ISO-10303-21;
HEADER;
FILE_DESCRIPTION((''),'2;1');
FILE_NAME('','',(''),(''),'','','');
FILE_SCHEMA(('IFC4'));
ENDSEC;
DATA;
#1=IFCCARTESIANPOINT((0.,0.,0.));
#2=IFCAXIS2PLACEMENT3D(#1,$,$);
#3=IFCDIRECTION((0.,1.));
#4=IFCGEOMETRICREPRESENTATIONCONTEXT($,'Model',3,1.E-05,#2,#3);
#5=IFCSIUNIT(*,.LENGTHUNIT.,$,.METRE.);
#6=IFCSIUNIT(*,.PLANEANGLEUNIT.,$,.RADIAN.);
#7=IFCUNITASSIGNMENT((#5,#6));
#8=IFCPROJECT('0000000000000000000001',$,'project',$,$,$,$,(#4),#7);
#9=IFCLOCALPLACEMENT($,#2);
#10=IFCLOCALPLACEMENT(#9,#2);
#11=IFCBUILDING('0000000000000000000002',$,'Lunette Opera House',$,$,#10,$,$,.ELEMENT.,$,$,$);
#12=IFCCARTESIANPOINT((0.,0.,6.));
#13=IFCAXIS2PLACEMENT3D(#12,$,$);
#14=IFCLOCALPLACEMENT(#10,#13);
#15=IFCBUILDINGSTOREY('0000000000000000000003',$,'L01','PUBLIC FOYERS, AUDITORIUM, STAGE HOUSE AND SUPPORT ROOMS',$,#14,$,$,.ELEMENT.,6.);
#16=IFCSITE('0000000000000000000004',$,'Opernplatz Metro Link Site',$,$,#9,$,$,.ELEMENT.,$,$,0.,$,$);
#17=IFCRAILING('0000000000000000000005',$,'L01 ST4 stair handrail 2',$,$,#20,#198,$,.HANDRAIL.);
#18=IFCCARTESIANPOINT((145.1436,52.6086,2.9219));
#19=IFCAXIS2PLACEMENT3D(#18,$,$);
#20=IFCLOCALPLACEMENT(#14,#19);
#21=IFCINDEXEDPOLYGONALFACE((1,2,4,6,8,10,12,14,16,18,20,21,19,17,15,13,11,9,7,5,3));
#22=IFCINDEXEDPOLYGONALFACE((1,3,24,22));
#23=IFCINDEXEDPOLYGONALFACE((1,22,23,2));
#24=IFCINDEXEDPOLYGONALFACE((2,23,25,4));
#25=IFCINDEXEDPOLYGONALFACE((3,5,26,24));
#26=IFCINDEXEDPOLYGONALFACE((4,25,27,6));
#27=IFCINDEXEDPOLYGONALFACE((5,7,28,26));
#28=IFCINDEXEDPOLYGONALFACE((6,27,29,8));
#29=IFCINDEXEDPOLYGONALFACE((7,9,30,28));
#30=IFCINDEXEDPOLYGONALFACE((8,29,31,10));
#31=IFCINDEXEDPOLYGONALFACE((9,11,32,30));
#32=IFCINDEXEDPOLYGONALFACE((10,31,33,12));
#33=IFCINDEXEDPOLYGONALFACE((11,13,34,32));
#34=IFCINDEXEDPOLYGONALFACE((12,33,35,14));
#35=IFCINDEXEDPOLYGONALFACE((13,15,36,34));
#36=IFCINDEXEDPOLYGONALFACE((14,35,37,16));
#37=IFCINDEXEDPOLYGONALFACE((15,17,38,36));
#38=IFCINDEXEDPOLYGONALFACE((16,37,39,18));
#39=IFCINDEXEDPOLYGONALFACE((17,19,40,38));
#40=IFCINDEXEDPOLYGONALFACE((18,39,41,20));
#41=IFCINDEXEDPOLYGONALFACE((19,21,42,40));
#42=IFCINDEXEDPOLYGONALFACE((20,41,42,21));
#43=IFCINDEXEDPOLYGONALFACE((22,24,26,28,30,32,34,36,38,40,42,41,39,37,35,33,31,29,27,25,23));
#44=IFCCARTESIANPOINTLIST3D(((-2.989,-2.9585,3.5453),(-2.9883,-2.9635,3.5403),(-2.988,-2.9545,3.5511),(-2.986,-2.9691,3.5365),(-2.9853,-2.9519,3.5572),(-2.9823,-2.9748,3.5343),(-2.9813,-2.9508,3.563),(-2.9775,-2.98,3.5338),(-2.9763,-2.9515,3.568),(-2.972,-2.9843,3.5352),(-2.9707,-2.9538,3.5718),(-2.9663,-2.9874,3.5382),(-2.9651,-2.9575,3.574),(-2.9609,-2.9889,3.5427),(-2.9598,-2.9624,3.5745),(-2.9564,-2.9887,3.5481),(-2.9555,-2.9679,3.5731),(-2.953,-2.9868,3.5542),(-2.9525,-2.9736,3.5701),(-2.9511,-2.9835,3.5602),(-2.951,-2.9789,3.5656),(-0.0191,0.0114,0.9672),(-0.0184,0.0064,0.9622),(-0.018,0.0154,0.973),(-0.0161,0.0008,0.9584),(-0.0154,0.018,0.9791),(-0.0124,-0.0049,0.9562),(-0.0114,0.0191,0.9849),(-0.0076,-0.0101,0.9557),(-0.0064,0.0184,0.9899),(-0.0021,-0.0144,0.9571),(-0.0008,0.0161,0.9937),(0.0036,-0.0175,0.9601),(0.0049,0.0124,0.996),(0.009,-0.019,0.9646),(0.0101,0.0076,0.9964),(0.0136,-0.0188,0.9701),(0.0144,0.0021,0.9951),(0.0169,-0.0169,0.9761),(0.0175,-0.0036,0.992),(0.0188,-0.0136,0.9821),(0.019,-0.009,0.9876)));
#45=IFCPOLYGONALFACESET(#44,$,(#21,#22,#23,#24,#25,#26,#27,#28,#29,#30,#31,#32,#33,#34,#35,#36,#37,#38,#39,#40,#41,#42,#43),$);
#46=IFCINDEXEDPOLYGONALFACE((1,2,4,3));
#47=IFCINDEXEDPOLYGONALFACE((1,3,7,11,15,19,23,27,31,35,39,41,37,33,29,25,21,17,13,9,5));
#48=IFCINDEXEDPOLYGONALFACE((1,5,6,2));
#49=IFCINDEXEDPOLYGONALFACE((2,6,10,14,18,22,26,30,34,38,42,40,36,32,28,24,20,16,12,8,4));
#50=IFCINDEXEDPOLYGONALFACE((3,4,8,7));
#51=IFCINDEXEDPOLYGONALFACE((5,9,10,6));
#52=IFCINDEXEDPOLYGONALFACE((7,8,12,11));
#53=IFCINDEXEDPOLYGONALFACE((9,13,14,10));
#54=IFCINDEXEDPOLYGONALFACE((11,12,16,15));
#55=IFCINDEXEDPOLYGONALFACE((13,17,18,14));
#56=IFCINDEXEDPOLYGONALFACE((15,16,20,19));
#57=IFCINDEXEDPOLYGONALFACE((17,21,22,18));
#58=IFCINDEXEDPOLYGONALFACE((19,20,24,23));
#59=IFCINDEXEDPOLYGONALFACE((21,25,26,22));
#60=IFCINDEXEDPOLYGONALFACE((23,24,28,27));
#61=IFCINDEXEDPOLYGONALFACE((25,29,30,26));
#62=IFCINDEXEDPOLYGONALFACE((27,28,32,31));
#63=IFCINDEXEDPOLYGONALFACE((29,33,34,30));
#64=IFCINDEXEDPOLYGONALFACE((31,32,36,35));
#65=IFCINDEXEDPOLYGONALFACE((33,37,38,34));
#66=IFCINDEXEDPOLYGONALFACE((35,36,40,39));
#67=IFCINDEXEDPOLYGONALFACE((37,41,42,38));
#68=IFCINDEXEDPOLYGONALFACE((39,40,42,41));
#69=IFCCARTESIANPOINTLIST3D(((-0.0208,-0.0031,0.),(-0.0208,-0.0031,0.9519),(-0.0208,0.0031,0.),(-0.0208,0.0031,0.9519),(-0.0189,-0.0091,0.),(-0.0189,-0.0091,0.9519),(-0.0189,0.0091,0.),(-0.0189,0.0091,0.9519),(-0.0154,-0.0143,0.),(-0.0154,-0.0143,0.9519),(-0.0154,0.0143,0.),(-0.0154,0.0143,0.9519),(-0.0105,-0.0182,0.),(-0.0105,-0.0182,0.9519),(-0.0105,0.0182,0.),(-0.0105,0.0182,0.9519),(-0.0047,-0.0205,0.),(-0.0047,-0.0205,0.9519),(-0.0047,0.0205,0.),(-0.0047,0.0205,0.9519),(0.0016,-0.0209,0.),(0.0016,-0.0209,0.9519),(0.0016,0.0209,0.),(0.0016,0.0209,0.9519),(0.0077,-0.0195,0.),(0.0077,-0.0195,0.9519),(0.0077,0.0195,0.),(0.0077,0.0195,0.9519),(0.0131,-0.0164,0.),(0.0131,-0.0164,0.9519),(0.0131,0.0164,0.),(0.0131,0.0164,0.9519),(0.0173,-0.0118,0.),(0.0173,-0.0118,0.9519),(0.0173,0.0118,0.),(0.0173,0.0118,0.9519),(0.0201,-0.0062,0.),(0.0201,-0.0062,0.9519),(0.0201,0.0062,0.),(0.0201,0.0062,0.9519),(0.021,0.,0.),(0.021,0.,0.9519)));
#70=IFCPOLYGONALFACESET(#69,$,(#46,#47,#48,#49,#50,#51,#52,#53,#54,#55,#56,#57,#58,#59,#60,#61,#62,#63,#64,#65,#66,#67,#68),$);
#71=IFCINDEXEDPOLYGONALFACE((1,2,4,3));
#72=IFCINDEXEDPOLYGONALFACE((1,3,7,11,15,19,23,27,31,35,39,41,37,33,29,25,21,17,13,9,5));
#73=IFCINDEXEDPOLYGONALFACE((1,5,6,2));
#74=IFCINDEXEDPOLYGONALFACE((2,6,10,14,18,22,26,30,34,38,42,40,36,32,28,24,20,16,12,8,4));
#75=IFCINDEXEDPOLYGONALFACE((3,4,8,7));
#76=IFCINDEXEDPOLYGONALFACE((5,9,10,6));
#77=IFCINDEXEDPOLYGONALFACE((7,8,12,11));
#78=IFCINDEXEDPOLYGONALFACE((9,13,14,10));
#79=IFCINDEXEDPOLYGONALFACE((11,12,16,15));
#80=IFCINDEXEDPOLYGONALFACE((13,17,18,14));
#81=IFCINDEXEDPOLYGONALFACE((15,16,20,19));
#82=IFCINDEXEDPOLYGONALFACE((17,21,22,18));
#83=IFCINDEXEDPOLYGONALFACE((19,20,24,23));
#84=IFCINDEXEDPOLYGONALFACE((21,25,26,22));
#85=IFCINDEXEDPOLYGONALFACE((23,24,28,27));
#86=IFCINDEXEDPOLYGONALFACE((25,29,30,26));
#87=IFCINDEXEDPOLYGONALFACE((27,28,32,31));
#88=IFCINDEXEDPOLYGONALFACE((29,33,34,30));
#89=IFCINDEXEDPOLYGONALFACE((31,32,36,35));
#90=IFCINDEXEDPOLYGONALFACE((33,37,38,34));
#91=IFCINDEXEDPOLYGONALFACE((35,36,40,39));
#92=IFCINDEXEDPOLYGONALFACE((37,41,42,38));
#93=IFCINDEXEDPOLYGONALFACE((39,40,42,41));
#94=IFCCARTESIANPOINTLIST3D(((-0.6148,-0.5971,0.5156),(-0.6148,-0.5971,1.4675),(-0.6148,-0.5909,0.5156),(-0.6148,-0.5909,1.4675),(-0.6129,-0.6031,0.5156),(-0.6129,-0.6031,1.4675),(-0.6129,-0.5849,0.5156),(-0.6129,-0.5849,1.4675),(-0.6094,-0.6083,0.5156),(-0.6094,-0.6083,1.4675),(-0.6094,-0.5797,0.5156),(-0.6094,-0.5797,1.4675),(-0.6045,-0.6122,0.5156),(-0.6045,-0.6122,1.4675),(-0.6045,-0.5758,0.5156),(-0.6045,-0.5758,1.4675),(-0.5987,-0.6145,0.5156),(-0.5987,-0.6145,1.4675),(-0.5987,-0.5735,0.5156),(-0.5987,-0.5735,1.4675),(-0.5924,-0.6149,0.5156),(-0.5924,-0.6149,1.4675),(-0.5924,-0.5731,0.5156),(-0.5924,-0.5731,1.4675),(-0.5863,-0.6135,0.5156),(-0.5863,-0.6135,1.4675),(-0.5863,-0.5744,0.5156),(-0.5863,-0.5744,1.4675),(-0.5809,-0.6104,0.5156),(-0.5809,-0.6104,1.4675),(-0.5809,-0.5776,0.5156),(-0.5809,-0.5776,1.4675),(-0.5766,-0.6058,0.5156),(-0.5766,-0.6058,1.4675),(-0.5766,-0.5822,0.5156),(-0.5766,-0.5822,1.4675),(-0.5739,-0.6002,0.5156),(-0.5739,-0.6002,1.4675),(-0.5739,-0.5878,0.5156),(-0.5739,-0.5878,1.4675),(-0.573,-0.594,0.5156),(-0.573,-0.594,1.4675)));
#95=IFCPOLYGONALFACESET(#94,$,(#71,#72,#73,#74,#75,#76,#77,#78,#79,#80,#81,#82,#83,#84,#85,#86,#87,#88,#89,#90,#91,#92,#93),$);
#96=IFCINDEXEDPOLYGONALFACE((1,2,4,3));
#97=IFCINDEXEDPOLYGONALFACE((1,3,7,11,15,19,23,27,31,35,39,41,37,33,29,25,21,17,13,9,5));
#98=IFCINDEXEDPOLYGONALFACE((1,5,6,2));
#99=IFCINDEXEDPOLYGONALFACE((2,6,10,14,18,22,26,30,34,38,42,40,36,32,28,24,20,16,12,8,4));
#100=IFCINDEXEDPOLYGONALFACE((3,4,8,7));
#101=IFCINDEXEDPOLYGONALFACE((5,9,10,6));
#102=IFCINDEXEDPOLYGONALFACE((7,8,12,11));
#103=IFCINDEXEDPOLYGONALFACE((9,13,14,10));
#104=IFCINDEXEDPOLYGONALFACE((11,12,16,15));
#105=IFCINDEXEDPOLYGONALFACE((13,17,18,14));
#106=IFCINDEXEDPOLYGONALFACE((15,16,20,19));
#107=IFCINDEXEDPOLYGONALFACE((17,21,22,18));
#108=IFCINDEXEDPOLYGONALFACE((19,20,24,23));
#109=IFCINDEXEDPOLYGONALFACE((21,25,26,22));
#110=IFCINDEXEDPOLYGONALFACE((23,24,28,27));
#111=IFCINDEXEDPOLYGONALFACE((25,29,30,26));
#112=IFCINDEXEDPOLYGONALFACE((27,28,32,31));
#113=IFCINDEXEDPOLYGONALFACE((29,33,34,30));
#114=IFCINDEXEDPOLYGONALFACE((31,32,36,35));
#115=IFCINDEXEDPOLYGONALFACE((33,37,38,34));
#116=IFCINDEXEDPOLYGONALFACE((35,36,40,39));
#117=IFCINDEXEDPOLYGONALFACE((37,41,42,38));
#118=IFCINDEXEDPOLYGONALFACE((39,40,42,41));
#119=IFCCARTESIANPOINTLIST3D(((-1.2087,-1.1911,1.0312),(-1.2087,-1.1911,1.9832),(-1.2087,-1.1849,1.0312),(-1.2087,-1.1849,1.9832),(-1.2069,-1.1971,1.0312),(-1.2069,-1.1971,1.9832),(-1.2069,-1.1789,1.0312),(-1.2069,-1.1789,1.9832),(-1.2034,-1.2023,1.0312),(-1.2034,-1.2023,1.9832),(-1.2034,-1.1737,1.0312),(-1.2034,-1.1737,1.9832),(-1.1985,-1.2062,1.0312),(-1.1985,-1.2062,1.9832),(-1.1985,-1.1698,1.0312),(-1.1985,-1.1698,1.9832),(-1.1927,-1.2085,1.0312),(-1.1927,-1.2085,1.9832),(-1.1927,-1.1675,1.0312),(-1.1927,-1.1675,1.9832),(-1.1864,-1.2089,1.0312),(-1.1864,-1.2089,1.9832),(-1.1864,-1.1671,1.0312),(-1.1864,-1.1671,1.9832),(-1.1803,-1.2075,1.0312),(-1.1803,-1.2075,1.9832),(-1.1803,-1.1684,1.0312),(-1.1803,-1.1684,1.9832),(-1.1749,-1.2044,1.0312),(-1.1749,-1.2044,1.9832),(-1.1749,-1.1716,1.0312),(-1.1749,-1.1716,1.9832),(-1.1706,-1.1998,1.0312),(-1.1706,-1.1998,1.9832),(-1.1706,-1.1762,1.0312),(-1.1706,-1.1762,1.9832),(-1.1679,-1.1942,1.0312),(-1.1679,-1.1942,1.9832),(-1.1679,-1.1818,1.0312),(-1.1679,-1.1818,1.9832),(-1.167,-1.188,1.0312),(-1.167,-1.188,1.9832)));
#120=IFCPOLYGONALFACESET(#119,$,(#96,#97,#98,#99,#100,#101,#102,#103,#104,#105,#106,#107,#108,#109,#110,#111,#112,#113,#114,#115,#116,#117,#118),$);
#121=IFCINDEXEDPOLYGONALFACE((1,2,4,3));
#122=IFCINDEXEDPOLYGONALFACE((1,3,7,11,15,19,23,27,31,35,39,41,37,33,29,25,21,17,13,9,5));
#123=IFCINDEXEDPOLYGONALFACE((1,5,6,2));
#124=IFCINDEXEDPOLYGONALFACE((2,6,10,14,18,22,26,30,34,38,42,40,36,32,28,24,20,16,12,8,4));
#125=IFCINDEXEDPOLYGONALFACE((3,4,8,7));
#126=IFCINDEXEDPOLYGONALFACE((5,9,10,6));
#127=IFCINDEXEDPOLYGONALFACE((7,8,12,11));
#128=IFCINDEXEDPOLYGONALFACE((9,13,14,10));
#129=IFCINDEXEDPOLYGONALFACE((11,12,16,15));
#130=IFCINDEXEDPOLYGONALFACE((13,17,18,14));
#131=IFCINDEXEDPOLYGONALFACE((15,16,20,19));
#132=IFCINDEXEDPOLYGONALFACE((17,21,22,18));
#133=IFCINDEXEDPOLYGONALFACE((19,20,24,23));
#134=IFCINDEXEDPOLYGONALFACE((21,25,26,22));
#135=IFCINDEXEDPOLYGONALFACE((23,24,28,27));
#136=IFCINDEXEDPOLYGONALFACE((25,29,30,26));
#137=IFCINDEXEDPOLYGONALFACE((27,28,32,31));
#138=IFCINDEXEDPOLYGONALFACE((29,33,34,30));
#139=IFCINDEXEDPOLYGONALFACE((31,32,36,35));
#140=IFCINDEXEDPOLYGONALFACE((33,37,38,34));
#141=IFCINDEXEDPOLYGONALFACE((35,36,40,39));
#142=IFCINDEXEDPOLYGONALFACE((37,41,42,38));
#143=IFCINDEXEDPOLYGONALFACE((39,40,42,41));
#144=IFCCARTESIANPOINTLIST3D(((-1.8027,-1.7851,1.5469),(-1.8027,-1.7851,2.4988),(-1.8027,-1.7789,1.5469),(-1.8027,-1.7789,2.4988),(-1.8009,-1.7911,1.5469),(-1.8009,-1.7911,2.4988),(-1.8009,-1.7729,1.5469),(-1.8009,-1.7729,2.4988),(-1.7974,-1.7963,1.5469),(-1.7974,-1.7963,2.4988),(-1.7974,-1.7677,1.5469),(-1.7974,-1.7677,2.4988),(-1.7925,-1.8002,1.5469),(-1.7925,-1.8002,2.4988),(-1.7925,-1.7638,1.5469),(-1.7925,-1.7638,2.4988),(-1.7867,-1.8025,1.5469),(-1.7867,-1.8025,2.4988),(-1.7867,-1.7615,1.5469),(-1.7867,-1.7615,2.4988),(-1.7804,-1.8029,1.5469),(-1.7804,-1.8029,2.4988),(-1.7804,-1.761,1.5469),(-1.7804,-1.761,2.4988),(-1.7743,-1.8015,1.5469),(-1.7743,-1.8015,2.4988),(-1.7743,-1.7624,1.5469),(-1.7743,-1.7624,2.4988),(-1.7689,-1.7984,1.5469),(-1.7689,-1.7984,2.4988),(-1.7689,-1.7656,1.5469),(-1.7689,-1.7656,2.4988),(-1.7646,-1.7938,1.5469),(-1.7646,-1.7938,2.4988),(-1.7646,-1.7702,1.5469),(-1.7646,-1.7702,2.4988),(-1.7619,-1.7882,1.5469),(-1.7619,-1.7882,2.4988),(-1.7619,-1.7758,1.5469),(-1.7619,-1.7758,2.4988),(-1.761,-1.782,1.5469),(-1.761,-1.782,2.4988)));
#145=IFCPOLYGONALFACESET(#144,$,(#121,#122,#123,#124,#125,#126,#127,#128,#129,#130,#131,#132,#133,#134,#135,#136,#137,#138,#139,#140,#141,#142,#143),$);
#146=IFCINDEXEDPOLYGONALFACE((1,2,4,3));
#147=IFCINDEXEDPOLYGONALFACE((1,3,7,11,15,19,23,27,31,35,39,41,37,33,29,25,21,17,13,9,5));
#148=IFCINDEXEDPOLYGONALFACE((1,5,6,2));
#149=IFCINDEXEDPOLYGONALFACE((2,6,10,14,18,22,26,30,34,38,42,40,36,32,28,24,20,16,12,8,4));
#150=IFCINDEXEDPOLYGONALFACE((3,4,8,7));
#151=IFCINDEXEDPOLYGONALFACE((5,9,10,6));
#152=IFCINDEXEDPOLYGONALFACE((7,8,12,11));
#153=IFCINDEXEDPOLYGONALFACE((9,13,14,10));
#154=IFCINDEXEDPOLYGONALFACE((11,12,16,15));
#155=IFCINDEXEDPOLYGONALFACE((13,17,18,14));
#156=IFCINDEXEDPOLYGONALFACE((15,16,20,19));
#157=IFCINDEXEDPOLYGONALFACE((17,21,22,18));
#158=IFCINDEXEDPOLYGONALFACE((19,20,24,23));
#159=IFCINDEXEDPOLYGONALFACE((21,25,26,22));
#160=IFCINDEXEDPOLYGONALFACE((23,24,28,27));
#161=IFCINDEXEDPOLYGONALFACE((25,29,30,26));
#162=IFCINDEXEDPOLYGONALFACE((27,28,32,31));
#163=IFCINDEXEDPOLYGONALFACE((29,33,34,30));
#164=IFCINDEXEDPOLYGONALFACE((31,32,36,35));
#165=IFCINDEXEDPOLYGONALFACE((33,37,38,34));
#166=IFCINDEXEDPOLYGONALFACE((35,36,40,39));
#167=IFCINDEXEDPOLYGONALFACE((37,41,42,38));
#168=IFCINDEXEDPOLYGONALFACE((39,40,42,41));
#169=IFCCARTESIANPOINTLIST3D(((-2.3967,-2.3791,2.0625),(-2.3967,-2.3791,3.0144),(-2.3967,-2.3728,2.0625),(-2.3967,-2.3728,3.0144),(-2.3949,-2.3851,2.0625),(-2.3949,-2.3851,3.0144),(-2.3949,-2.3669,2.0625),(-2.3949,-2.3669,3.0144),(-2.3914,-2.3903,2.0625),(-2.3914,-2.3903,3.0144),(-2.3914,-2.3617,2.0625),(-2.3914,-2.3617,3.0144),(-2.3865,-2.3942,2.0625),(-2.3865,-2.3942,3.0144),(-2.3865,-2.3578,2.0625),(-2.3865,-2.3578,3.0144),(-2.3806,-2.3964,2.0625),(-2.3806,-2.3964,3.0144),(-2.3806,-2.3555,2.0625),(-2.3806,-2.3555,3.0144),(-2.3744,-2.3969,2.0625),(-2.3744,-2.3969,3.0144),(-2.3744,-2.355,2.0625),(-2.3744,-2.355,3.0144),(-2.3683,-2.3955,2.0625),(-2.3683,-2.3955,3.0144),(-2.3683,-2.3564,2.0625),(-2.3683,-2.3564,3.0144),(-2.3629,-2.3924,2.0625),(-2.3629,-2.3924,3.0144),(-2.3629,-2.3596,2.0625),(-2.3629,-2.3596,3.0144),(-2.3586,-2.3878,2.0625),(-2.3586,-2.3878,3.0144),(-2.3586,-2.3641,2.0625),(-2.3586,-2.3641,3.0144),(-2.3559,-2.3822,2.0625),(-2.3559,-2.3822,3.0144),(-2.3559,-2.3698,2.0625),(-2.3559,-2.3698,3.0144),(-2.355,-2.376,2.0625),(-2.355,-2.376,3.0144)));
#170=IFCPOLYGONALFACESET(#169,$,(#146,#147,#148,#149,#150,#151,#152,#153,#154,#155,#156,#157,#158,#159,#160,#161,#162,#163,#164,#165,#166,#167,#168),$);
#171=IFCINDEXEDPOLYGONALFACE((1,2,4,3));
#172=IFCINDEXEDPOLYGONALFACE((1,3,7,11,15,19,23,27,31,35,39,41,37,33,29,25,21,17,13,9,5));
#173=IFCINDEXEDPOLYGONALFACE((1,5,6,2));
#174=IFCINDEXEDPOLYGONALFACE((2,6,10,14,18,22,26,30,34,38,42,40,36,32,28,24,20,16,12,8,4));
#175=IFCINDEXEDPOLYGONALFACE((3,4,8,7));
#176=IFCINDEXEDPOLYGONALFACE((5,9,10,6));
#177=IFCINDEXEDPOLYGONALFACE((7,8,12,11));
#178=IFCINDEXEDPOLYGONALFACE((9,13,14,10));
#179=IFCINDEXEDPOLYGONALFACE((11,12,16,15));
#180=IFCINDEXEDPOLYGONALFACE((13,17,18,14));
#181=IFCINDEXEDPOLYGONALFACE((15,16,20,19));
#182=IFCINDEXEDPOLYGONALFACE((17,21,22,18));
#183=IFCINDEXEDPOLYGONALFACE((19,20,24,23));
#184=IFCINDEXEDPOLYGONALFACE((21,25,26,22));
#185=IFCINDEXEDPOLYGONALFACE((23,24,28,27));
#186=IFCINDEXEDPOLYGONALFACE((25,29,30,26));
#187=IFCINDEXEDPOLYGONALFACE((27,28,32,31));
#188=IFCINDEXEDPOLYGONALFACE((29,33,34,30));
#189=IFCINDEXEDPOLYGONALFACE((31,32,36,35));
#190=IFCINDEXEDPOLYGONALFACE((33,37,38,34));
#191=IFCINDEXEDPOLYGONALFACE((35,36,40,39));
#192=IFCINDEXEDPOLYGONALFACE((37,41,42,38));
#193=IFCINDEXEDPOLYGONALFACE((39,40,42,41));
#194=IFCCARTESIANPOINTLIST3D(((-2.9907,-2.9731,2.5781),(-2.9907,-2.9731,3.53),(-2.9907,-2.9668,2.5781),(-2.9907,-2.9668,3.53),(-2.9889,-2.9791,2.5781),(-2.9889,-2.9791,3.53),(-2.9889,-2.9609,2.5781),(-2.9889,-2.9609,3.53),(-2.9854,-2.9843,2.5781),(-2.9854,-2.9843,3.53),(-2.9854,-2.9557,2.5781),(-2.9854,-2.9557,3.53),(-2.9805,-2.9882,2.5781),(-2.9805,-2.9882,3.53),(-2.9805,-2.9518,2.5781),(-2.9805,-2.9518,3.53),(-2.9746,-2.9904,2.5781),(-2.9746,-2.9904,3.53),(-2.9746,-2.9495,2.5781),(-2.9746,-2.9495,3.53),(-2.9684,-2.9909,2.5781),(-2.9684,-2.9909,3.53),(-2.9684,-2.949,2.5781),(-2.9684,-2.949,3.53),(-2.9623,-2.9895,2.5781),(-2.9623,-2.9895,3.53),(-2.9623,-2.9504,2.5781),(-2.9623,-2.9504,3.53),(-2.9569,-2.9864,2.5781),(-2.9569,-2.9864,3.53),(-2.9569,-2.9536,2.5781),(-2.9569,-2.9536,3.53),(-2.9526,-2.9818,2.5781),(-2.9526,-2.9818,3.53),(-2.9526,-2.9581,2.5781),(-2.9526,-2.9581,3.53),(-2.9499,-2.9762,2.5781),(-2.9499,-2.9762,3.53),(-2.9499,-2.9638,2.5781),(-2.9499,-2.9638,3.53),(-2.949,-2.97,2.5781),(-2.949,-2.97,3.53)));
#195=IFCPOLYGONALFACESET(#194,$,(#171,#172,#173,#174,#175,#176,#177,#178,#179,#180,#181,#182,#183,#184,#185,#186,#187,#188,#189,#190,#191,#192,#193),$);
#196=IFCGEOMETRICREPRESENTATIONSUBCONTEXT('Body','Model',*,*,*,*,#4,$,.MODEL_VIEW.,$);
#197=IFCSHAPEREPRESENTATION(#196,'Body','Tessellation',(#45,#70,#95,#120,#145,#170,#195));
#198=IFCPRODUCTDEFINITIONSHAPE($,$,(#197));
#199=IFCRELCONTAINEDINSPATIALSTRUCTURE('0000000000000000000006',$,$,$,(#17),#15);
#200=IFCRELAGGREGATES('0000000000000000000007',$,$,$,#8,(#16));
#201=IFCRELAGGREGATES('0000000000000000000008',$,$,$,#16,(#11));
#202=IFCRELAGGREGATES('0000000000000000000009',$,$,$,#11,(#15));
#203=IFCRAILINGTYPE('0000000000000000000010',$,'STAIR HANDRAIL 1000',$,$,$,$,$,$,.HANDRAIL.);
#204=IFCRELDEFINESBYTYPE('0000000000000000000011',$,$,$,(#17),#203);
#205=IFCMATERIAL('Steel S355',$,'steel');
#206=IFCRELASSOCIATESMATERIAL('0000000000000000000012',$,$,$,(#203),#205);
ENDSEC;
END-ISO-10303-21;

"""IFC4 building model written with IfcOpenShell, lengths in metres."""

from ifc_helpers import new_model, si_unit, direction, frame, origin, origin_2d, place, context, subcontext, project, spatial, circle, extrude, material, type_object, element, save


model = new_model("IFC4")

# Units and contexts
model_context = context("Model", 3, precision=1e-05, world=origin(), true_north=direction((0.0, 1.0)))
body_context = subcontext(model_context, "Body", "Model", "MODEL_VIEW")
ifc_project = project(units=[si_unit("LENGTHUNIT", "METRE"), si_unit("PLANEANGLEUNIT", "RADIAN")], contexts=[model_context])

# Site, building, storey
site_placement = place(None, origin())
site = spatial("IfcSite", under=ifc_project, at=site_placement, Name="Opernplatz Metro Link Site", CompositionType="ELEMENT", RefElevation=0.0)
building_placement = place(site_placement, origin())
building = spatial("IfcBuilding", under=site, at=building_placement, Name="Lunette Opera House", CompositionType="ELEMENT")
storey_placement = place(building_placement, frame((0.0, 0.0, 6.0)))
storey = spatial("IfcBuildingStorey", under=building, at=storey_placement, Name="L01", Description="PUBLIC FOYERS, AUDITORIUM, STAGE HOUSE AND SUPPORT ROOMS", CompositionType="ELEMENT", Elevation=6.0)

# Railing
ifc_material_1 = material(Name="Steel S355", Category="steel")
railing_type = type_object("IfcRailingType", Name="STAIR HANDRAIL 1000", PredefinedType="HANDRAIL", material=ifc_material_1)
railing_placement = place(storey_placement, frame((145.1436, 52.6086, 2.9219)))
element("IfcRailing", 1, at=railing_placement, inside=storey, type_object=railing_type, Name="L01 ST4 stair handrail 2", PredefinedType="HANDRAIL", context=body_context, shape_type="SweptSolid", body=[
    extrude(circle(Radius=0.0239, at=origin_2d()), frame((0.0, 0.0, 0.9761), z_axis=(-0.602635, -0.602635, 0.523126), x_axis=(0.707107, -0.707107, 0.0)), (0.0, 0.0, 1.0), 4.9282),
    extrude(circle(Radius=0.021, at=origin_2d()), origin(), (0.0, 0.0, 1.0), 0.9519),
    extrude(circle(Radius=0.021, at=origin_2d()), frame((-0.594, -0.594, 0.5156)), (0.0, 0.0, 1.0), 0.9519),
    extrude(circle(Radius=0.021, at=origin_2d()), frame((-1.188, -1.188, 1.0312)), (0.0, 0.0, 1.0), 0.9519),
    extrude(circle(Radius=0.021, at=origin_2d()), frame((-1.782, -1.782, 1.5469)), (0.0, 0.0, 1.0), 0.9519),
    extrude(circle(Radius=0.021, at=origin_2d()), frame((-2.376, -2.376, 2.0625)), (0.0, 0.0, 1.0), 0.9519),
    extrude(circle(Radius=0.021, at=origin_2d()), frame((-2.97, -2.97, 2.5781)), (0.0, 0.0, 1.0), 0.9519),
])

save(model, "model.ifc")
